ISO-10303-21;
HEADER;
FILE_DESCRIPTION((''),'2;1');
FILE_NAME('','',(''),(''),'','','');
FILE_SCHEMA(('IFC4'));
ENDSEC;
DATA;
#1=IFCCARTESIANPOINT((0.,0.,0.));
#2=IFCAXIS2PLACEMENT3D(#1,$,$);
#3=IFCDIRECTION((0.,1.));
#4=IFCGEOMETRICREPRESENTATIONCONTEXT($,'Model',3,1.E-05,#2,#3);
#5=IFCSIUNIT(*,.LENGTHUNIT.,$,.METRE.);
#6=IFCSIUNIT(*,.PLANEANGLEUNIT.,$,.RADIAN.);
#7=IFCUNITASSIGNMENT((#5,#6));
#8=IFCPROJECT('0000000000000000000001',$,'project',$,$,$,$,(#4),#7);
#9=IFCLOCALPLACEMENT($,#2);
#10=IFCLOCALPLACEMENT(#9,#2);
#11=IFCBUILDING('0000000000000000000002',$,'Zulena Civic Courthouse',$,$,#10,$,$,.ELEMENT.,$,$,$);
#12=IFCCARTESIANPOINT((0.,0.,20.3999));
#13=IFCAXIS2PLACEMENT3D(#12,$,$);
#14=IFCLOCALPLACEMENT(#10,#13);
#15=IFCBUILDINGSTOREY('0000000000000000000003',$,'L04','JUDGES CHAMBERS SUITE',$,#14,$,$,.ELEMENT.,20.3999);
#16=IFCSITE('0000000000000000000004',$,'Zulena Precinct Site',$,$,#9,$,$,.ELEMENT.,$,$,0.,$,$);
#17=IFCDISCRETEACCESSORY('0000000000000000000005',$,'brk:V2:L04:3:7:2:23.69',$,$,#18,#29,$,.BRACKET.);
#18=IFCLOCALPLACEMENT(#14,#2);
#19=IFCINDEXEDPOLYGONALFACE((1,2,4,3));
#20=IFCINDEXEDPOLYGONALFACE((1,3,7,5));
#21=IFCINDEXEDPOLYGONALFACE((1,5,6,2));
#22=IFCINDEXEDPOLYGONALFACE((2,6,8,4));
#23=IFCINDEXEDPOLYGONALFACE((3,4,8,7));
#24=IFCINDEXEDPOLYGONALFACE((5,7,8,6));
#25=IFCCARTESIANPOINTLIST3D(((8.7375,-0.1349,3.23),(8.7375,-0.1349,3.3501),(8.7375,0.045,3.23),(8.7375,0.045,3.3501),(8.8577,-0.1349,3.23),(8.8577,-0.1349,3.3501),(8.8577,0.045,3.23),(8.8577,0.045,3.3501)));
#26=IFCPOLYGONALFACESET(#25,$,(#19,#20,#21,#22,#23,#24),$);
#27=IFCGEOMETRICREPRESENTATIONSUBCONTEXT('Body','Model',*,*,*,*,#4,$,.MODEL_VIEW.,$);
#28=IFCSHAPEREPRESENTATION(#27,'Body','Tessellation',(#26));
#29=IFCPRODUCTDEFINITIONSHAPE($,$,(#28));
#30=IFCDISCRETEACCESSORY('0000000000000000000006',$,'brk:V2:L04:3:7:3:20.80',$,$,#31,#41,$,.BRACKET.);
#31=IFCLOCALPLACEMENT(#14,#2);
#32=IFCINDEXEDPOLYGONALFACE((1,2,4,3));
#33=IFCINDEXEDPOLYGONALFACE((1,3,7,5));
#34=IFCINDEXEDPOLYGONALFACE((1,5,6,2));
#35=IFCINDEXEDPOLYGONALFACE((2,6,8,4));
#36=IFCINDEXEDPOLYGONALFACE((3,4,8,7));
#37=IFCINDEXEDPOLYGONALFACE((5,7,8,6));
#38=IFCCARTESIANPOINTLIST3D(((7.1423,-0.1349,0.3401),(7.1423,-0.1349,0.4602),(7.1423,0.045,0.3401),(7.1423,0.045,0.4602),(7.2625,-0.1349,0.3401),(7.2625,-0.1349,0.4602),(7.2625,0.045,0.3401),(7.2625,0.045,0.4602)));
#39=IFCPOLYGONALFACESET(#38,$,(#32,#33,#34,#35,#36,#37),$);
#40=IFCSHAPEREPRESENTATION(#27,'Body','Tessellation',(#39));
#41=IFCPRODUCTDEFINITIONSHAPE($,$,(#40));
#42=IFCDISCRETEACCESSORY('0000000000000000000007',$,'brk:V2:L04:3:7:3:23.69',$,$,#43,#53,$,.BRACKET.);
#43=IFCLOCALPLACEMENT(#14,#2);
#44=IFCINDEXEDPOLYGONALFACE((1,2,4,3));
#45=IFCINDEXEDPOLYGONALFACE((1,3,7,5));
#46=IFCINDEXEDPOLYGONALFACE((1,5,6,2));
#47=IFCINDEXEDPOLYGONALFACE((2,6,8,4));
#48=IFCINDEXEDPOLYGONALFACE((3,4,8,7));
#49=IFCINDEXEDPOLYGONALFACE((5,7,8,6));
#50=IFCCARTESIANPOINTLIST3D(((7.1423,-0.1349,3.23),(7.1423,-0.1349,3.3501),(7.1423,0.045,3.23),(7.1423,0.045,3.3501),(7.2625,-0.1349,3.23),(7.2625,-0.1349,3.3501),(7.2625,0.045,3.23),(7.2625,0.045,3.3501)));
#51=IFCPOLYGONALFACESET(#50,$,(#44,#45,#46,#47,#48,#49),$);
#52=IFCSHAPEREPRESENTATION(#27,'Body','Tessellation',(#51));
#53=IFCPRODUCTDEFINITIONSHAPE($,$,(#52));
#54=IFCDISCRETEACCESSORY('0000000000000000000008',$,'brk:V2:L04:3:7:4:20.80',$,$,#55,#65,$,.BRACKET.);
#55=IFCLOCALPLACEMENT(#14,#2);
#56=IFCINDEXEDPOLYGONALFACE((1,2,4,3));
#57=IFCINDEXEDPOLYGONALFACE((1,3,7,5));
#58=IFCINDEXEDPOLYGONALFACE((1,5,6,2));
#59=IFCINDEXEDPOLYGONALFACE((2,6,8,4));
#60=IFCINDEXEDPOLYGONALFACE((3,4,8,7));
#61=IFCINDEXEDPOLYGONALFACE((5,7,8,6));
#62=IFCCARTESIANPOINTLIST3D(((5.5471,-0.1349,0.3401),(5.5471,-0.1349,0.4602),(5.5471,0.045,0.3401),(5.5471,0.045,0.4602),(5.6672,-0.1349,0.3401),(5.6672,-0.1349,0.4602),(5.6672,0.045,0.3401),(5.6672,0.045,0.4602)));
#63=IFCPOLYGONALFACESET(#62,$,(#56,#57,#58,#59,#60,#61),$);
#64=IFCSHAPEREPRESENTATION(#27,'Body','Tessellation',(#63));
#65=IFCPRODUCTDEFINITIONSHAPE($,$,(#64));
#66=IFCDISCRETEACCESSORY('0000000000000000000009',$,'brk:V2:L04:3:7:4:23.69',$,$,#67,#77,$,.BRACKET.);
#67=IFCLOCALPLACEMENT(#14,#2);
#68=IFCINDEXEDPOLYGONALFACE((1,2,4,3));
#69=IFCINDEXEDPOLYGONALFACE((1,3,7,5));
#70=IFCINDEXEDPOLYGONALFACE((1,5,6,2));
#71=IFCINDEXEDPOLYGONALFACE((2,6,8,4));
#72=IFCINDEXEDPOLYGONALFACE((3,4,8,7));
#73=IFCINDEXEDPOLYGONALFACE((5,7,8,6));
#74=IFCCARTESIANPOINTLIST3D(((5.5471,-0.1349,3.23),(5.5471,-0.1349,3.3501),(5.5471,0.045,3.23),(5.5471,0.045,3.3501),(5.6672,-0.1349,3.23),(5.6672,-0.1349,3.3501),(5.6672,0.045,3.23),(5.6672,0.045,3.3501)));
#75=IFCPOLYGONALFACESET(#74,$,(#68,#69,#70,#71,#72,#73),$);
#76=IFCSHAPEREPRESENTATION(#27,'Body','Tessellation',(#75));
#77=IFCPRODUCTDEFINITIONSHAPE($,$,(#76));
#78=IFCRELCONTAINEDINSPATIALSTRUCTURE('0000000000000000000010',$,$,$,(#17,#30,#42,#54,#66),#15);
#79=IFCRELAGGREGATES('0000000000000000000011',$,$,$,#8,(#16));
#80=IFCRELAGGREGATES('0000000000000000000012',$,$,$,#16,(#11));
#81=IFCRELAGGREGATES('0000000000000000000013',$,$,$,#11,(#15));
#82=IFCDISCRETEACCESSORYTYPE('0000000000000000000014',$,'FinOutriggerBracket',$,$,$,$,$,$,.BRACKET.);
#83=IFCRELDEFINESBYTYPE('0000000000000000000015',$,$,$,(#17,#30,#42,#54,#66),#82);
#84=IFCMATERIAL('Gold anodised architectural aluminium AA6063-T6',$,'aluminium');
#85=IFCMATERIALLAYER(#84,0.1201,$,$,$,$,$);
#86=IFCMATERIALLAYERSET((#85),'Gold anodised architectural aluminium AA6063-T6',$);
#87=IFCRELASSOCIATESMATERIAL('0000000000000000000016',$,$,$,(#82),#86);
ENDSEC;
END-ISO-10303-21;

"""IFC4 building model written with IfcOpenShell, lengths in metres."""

from ifc_helpers import new_model, si_unit, direction, frame, origin, origin_2d, place, context, subcontext, project, spatial, rectangle, extrude, material, layer, layer_set, type_object, element, save


model = new_model("IFC4")

# Units and contexts
model_context = context("Model", 3, precision=1e-05, world=origin(), true_north=direction((0.0, 1.0)))
body_context = subcontext(model_context, "Body", "Model", "MODEL_VIEW")
ifc_project = project(units=[si_unit("LENGTHUNIT", "METRE"), si_unit("PLANEANGLEUNIT", "RADIAN")], contexts=[model_context])

# Site, building, storey
site_placement = place(None, origin())
site = spatial("IfcSite", under=ifc_project, at=site_placement, Name="Zulena Precinct Site", CompositionType="ELEMENT", RefElevation=0.0)
building_placement = place(site_placement, origin())
building = spatial("IfcBuilding", under=site, at=building_placement, Name="Zulena Civic Courthouse", CompositionType="ELEMENT")
storey_placement = place(building_placement, frame((0.0, 0.0, 20.3999)))
storey = spatial("IfcBuildingStorey", under=building, at=storey_placement, Name="L04", Description="JUDGES CHAMBERS SUITE", CompositionType="ELEMENT", Elevation=20.3999)

# Shared definitions
ifc_material_1 = material(Name="Gold anodised architectural aluminium AA6063-T6", Category="aluminium")

# Discrete accessories
ifc_layer_1 = layer(ifc_material_1, 0.1201)
ifc_layer_set_1 = layer_set([ifc_layer_1], Name="Gold anodised architectural aluminium AA6063-T6")
discrete_accessory_type = type_object("IfcDiscreteAccessoryType", Name="FinOutriggerBracket", PredefinedType="BRACKET", material=ifc_layer_set_1)
for number, where, z_axis, x_axis, name in (
    (1, (8.7976, -0.0449, 3.23), (0.0, 0.0, 1.0), (0.0, -1.0, 0.0), "brk:V2:L04:3:7:2:23.69"),
    (2, (7.2024, -0.0449, 0.3401), (0.0, 0.0, 1.0), (0.0, -1.0, 0.0), "brk:V2:L04:3:7:3:20.80"),
    (3, (7.2024, -0.0449, 3.23), (0.0, 0.0, 1.0), (0.0, -1.0, 0.0), "brk:V2:L04:3:7:3:23.69"),
    (4, (5.6072, -0.0449, 0.3401), (0.0, 0.0, 1.0), (0.0, -1.0, 0.0), "brk:V2:L04:3:7:4:20.80"),
    (5, (5.6072, -0.0449, 3.23), (0.0, 0.0, 1.0), (0.0, -1.0, 0.0), "brk:V2:L04:3:7:4:23.69"),
):
    element("IfcDiscreteAccessory", number, at=place(storey_placement, frame(where, z_axis=z_axis, x_axis=x_axis)), inside=storey, type_object=discrete_accessory_type, Name=name, PredefinedType="BRACKET", context=body_context, shape_type="SweptSolid", body=[
        extrude(rectangle(XDim=0.1799, YDim=0.1201, at=origin_2d()), origin(), (0.0, 0.0, 1.0), 0.1201),
    ])

save(model, "model.ifc")
